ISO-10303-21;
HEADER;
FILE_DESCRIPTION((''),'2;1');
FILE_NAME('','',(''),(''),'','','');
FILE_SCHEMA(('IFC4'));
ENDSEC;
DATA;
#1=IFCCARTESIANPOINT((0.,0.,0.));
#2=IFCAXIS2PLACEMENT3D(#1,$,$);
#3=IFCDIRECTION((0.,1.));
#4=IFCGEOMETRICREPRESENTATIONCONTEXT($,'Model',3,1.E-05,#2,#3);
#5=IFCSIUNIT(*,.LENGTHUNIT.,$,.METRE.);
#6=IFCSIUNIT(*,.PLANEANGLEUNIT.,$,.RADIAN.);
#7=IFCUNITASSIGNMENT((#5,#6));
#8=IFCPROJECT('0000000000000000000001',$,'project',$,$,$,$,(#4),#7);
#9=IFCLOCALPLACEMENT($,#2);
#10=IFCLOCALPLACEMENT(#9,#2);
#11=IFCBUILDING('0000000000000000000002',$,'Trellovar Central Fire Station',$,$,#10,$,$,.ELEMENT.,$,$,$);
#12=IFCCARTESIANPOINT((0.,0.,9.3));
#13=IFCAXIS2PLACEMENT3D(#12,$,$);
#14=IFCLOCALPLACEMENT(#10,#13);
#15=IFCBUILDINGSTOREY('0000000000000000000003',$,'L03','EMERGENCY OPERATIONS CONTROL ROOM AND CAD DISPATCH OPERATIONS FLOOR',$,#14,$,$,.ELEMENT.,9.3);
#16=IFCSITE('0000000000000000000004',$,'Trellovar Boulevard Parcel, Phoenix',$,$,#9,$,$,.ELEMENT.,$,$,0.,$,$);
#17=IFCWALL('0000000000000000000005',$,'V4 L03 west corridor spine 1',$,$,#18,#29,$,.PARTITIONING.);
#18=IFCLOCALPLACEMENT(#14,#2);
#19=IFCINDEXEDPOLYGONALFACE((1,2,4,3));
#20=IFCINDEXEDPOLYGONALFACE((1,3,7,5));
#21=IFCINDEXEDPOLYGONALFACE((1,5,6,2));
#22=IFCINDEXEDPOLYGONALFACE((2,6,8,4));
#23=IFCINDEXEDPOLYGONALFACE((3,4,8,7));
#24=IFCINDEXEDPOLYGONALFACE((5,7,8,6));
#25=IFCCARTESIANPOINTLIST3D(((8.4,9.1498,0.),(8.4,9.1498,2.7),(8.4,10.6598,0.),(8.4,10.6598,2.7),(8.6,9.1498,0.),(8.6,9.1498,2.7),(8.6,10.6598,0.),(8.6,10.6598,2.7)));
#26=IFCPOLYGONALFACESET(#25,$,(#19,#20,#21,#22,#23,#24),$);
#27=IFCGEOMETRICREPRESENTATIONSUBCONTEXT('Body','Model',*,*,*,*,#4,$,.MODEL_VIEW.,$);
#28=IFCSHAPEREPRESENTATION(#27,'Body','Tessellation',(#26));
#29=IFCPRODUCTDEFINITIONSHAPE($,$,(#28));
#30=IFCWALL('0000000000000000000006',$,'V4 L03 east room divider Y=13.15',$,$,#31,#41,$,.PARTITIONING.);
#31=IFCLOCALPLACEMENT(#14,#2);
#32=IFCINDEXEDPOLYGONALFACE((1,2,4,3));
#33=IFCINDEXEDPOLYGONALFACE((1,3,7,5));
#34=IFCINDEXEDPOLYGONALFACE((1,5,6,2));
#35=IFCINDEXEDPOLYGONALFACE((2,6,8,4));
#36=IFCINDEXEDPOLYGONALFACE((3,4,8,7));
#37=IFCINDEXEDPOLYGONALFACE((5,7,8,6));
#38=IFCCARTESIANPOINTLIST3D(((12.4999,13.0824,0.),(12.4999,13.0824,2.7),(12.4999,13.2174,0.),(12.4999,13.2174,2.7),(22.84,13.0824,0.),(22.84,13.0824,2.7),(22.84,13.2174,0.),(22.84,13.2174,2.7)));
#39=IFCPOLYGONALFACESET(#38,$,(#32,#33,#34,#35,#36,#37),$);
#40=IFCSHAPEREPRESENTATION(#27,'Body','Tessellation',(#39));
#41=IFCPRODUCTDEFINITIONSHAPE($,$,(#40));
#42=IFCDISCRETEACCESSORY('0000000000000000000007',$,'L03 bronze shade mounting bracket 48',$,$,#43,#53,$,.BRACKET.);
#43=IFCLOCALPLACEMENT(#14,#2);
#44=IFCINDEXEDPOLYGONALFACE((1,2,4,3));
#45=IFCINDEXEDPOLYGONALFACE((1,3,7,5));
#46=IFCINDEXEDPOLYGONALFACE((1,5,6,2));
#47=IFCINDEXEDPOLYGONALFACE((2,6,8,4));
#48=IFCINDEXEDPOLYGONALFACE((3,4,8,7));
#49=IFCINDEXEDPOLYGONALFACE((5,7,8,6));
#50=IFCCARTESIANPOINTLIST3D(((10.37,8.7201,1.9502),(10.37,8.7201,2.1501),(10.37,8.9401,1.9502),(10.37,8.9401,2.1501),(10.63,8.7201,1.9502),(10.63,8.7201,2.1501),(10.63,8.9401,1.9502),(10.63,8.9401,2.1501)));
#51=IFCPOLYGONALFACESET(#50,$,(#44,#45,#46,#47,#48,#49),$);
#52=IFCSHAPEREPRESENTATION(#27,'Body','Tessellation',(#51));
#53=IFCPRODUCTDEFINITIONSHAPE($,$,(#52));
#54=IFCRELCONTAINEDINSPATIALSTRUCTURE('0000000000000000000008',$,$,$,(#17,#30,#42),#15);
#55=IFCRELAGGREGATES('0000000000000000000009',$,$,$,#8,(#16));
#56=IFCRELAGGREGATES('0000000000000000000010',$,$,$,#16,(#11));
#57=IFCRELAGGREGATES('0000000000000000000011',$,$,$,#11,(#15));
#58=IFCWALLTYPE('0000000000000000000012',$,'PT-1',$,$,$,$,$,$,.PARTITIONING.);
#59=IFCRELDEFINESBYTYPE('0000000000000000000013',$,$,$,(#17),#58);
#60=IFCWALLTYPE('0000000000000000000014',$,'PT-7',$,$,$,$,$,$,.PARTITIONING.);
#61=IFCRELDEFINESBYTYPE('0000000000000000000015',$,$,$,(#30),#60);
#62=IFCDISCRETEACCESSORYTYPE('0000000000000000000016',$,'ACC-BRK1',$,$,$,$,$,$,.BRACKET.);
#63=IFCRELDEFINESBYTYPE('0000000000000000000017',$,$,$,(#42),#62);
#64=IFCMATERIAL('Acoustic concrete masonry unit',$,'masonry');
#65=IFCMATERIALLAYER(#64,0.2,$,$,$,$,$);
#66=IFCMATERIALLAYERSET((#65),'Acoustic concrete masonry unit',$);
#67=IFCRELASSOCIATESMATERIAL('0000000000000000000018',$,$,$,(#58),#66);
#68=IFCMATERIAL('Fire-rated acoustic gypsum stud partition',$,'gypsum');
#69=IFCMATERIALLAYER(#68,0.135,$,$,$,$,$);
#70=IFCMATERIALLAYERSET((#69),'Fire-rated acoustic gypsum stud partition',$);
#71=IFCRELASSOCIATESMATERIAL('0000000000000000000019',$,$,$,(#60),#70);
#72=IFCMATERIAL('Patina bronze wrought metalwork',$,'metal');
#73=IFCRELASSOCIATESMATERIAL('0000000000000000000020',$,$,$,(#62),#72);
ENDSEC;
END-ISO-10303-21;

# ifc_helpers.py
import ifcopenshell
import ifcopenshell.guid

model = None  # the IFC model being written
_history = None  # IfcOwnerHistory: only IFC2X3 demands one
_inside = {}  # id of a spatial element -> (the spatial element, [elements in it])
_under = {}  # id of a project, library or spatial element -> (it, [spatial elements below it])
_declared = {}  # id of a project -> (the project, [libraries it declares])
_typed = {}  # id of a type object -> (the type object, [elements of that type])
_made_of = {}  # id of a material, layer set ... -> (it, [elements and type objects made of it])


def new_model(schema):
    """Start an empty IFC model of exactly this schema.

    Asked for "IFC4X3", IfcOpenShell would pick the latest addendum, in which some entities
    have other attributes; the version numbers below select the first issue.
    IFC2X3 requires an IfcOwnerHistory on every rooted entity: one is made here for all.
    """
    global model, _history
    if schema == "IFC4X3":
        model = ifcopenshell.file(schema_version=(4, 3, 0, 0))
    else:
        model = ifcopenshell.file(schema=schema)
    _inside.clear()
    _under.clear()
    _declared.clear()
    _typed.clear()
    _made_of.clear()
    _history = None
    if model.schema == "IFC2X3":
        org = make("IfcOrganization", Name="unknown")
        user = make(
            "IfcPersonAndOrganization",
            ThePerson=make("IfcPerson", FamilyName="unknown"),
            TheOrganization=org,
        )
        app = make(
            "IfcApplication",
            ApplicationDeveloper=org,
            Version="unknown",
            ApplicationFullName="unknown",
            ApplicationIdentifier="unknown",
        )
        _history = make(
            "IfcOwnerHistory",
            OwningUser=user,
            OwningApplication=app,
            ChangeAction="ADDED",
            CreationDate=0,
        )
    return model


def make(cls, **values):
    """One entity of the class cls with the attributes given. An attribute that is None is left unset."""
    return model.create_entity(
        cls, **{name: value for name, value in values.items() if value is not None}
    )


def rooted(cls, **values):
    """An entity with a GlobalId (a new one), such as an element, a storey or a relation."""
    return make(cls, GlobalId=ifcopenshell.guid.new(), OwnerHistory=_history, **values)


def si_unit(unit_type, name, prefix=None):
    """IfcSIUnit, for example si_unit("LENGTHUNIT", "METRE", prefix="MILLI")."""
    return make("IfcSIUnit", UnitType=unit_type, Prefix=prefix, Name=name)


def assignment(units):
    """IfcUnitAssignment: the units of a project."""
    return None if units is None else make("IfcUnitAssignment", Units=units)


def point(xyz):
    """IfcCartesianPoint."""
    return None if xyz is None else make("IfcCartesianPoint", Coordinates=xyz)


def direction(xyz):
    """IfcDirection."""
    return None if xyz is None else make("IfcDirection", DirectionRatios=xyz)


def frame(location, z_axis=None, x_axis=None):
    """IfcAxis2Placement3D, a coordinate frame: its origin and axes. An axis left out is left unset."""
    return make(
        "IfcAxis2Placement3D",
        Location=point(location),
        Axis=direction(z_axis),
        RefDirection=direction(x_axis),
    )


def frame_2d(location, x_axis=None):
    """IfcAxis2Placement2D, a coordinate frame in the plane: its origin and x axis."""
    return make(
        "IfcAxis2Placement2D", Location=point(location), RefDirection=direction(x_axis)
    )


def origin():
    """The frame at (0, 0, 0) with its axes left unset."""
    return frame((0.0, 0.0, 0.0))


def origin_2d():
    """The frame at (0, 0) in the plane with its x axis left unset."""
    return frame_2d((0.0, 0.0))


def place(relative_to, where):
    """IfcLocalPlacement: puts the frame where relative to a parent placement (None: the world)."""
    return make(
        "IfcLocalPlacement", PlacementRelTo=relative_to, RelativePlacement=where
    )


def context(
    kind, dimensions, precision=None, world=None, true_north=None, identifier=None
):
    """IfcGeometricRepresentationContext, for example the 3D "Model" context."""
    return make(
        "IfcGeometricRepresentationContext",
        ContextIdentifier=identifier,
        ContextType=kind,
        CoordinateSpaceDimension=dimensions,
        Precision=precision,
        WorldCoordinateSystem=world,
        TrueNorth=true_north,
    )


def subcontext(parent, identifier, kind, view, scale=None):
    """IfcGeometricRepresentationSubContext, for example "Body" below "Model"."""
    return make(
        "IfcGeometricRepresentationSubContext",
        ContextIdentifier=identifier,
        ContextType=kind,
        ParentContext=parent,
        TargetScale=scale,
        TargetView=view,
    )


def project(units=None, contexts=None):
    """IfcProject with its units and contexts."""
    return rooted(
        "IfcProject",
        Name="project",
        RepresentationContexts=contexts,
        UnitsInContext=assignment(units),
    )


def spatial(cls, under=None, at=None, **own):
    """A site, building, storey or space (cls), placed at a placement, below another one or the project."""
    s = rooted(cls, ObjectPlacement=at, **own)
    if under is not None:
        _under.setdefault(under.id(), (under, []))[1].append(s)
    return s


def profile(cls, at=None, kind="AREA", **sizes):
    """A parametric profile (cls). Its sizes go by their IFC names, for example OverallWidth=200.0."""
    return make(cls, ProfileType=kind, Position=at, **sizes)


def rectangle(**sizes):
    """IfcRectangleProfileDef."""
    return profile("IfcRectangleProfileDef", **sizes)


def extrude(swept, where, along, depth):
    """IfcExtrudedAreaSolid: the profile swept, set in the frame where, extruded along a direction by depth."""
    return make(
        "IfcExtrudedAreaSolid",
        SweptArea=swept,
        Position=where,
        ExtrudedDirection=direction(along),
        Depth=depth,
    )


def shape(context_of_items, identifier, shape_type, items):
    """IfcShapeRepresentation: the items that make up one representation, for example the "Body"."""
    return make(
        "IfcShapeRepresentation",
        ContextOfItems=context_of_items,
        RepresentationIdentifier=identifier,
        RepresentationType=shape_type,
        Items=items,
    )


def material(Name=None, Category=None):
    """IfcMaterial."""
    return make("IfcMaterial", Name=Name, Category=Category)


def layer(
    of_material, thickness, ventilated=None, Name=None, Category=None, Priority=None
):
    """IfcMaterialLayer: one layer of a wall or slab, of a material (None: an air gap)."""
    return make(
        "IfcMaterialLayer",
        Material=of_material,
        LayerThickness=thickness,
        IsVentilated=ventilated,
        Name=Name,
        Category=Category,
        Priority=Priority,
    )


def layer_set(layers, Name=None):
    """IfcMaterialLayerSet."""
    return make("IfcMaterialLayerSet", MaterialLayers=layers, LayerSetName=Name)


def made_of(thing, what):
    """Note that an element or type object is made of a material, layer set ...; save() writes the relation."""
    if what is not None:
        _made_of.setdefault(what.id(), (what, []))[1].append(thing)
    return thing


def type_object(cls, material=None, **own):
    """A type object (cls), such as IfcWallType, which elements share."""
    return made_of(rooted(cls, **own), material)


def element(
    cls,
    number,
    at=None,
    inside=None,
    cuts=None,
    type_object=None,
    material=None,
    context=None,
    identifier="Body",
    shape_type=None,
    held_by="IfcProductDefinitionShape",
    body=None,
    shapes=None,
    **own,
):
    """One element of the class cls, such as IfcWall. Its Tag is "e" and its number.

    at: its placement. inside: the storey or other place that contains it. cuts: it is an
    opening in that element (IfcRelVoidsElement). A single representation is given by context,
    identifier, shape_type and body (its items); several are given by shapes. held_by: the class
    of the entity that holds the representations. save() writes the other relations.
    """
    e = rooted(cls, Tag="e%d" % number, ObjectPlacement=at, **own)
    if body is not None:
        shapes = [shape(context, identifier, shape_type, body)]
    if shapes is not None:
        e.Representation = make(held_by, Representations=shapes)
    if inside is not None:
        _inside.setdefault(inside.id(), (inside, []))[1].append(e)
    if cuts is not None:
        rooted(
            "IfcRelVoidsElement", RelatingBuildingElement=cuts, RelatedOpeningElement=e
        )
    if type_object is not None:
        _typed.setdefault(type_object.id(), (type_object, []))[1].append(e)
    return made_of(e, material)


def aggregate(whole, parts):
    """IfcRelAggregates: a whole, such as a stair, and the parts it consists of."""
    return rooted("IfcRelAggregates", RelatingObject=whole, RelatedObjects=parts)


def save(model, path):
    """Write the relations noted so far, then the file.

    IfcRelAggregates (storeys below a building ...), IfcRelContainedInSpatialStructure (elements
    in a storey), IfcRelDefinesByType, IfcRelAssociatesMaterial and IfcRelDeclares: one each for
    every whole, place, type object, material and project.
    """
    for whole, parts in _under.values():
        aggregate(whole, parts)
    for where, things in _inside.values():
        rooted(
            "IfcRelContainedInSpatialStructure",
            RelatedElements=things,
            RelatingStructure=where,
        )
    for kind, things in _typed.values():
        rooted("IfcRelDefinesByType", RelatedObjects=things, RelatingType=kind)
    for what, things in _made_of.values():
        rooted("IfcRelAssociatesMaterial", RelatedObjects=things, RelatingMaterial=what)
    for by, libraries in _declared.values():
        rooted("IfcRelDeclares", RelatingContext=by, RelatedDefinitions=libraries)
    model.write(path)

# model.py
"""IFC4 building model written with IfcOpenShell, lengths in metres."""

from ifc_helpers import new_model, si_unit, direction, frame, frame_2d, origin, origin_2d, place, context, subcontext, project, spatial, rectangle, extrude, material, layer, layer_set, type_object, element, save


model = new_model("IFC4")

# Units and contexts
model_context = context("Model", 3, precision=1e-05, world=origin(), true_north=direction((0.0, 1.0)))
body_context = subcontext(model_context, "Body", "Model", "MODEL_VIEW")
ifc_project = project(units=[si_unit("LENGTHUNIT", "METRE"), si_unit("PLANEANGLEUNIT", "RADIAN")], contexts=[model_context])

# Site, building, storey
site_placement = place(None, origin())
site = spatial("IfcSite", under=ifc_project, at=site_placement, Name="Trellovar Boulevard Parcel, Phoenix", CompositionType="ELEMENT", RefElevation=0.0)
building_placement = place(site_placement, origin())
building = spatial("IfcBuilding", under=site, at=building_placement, Name="Trellovar Central Fire Station", CompositionType="ELEMENT")
storey_placement = place(building_placement, frame((0.0, 0.0, 9.3)))
storey = spatial("IfcBuildingStorey", under=building, at=storey_placement, Name="L03", Description="EMERGENCY OPERATIONS CONTROL ROOM AND CAD DISPATCH OPERATIONS FLOOR", CompositionType="ELEMENT", Elevation=9.3)

# Wall
ifc_material_1 = material(Name="Acoustic concrete masonry unit", Category="masonry")
ifc_layer_1 = layer(ifc_material_1, 0.2)
ifc_layer_set_1 = layer_set([ifc_layer_1], Name="Acoustic concrete masonry unit")
wall_type_1 = type_object("IfcWallType", Name="PT-1", PredefinedType="PARTITIONING", material=ifc_layer_set_1)
wall_1_placement = place(storey_placement, frame((8.5, 9.1499, 0.0), z_axis=(0.0, 0.0, 1.0), x_axis=(0.0, 1.0, 0.0)))
element("IfcWall", 1, at=wall_1_placement, inside=storey, type_object=wall_type_1, Name="V4 L03 west corridor spine 1", PredefinedType="PARTITIONING", context=body_context, shape_type="SweptSolid", body=[
    extrude(rectangle(XDim=1.51, YDim=0.2, at=frame_2d((0.7549, 0.0))), origin(), (0.0, 0.0, 1.0), 2.7),
])

# Wall
ifc_material_2 = material(Name="Fire-rated acoustic gypsum stud partition", Category="gypsum")
ifc_layer_2 = layer(ifc_material_2, 0.135)
ifc_layer_set_2 = layer_set([ifc_layer_2], Name="Fire-rated acoustic gypsum stud partition")
wall_type_2 = type_object("IfcWallType", Name="PT-7", PredefinedType="PARTITIONING", material=ifc_layer_set_2)
wall_2_placement = place(storey_placement, frame((12.5, 13.1499, 0.0), z_axis=(0.0, 0.0, 1.0), x_axis=(1.0, 0.0, 0.0)))
element("IfcWall", 2, at=wall_2_placement, inside=storey, type_object=wall_type_2, Name="V4 L03 east room divider Y=13.15", PredefinedType="PARTITIONING", context=body_context, shape_type="SweptSolid", body=[
    extrude(rectangle(XDim=10.3401, YDim=0.135, at=frame_2d((5.1699, 0.0))), origin(), (0.0, 0.0, 1.0), 2.7),
])

# Discrete accessory
ifc_material_3 = material(Name="Patina bronze wrought metalwork", Category="metal")
discrete_accessory_type = type_object("IfcDiscreteAccessoryType", Name="ACC-BRK1", PredefinedType="BRACKET", material=ifc_material_3)
discrete_accessory_placement = place(storey_placement, frame((10.5, 8.8301, 1.9502), z_axis=(0.0, 0.0, 1.0), x_axis=(1.0, 0.0, 0.0)))
element("IfcDiscreteAccessory", 3, at=discrete_accessory_placement, inside=storey, type_object=discrete_accessory_type, Name="L03 bronze shade mounting bracket 48", PredefinedType="BRACKET", context=body_context, shape_type="SweptSolid", body=[
    extrude(rectangle(XDim=0.26, YDim=0.22, at=origin_2d()), origin(), (0.0, 0.0, 1.0), 0.2),
])

save(model, "model.ifc")
